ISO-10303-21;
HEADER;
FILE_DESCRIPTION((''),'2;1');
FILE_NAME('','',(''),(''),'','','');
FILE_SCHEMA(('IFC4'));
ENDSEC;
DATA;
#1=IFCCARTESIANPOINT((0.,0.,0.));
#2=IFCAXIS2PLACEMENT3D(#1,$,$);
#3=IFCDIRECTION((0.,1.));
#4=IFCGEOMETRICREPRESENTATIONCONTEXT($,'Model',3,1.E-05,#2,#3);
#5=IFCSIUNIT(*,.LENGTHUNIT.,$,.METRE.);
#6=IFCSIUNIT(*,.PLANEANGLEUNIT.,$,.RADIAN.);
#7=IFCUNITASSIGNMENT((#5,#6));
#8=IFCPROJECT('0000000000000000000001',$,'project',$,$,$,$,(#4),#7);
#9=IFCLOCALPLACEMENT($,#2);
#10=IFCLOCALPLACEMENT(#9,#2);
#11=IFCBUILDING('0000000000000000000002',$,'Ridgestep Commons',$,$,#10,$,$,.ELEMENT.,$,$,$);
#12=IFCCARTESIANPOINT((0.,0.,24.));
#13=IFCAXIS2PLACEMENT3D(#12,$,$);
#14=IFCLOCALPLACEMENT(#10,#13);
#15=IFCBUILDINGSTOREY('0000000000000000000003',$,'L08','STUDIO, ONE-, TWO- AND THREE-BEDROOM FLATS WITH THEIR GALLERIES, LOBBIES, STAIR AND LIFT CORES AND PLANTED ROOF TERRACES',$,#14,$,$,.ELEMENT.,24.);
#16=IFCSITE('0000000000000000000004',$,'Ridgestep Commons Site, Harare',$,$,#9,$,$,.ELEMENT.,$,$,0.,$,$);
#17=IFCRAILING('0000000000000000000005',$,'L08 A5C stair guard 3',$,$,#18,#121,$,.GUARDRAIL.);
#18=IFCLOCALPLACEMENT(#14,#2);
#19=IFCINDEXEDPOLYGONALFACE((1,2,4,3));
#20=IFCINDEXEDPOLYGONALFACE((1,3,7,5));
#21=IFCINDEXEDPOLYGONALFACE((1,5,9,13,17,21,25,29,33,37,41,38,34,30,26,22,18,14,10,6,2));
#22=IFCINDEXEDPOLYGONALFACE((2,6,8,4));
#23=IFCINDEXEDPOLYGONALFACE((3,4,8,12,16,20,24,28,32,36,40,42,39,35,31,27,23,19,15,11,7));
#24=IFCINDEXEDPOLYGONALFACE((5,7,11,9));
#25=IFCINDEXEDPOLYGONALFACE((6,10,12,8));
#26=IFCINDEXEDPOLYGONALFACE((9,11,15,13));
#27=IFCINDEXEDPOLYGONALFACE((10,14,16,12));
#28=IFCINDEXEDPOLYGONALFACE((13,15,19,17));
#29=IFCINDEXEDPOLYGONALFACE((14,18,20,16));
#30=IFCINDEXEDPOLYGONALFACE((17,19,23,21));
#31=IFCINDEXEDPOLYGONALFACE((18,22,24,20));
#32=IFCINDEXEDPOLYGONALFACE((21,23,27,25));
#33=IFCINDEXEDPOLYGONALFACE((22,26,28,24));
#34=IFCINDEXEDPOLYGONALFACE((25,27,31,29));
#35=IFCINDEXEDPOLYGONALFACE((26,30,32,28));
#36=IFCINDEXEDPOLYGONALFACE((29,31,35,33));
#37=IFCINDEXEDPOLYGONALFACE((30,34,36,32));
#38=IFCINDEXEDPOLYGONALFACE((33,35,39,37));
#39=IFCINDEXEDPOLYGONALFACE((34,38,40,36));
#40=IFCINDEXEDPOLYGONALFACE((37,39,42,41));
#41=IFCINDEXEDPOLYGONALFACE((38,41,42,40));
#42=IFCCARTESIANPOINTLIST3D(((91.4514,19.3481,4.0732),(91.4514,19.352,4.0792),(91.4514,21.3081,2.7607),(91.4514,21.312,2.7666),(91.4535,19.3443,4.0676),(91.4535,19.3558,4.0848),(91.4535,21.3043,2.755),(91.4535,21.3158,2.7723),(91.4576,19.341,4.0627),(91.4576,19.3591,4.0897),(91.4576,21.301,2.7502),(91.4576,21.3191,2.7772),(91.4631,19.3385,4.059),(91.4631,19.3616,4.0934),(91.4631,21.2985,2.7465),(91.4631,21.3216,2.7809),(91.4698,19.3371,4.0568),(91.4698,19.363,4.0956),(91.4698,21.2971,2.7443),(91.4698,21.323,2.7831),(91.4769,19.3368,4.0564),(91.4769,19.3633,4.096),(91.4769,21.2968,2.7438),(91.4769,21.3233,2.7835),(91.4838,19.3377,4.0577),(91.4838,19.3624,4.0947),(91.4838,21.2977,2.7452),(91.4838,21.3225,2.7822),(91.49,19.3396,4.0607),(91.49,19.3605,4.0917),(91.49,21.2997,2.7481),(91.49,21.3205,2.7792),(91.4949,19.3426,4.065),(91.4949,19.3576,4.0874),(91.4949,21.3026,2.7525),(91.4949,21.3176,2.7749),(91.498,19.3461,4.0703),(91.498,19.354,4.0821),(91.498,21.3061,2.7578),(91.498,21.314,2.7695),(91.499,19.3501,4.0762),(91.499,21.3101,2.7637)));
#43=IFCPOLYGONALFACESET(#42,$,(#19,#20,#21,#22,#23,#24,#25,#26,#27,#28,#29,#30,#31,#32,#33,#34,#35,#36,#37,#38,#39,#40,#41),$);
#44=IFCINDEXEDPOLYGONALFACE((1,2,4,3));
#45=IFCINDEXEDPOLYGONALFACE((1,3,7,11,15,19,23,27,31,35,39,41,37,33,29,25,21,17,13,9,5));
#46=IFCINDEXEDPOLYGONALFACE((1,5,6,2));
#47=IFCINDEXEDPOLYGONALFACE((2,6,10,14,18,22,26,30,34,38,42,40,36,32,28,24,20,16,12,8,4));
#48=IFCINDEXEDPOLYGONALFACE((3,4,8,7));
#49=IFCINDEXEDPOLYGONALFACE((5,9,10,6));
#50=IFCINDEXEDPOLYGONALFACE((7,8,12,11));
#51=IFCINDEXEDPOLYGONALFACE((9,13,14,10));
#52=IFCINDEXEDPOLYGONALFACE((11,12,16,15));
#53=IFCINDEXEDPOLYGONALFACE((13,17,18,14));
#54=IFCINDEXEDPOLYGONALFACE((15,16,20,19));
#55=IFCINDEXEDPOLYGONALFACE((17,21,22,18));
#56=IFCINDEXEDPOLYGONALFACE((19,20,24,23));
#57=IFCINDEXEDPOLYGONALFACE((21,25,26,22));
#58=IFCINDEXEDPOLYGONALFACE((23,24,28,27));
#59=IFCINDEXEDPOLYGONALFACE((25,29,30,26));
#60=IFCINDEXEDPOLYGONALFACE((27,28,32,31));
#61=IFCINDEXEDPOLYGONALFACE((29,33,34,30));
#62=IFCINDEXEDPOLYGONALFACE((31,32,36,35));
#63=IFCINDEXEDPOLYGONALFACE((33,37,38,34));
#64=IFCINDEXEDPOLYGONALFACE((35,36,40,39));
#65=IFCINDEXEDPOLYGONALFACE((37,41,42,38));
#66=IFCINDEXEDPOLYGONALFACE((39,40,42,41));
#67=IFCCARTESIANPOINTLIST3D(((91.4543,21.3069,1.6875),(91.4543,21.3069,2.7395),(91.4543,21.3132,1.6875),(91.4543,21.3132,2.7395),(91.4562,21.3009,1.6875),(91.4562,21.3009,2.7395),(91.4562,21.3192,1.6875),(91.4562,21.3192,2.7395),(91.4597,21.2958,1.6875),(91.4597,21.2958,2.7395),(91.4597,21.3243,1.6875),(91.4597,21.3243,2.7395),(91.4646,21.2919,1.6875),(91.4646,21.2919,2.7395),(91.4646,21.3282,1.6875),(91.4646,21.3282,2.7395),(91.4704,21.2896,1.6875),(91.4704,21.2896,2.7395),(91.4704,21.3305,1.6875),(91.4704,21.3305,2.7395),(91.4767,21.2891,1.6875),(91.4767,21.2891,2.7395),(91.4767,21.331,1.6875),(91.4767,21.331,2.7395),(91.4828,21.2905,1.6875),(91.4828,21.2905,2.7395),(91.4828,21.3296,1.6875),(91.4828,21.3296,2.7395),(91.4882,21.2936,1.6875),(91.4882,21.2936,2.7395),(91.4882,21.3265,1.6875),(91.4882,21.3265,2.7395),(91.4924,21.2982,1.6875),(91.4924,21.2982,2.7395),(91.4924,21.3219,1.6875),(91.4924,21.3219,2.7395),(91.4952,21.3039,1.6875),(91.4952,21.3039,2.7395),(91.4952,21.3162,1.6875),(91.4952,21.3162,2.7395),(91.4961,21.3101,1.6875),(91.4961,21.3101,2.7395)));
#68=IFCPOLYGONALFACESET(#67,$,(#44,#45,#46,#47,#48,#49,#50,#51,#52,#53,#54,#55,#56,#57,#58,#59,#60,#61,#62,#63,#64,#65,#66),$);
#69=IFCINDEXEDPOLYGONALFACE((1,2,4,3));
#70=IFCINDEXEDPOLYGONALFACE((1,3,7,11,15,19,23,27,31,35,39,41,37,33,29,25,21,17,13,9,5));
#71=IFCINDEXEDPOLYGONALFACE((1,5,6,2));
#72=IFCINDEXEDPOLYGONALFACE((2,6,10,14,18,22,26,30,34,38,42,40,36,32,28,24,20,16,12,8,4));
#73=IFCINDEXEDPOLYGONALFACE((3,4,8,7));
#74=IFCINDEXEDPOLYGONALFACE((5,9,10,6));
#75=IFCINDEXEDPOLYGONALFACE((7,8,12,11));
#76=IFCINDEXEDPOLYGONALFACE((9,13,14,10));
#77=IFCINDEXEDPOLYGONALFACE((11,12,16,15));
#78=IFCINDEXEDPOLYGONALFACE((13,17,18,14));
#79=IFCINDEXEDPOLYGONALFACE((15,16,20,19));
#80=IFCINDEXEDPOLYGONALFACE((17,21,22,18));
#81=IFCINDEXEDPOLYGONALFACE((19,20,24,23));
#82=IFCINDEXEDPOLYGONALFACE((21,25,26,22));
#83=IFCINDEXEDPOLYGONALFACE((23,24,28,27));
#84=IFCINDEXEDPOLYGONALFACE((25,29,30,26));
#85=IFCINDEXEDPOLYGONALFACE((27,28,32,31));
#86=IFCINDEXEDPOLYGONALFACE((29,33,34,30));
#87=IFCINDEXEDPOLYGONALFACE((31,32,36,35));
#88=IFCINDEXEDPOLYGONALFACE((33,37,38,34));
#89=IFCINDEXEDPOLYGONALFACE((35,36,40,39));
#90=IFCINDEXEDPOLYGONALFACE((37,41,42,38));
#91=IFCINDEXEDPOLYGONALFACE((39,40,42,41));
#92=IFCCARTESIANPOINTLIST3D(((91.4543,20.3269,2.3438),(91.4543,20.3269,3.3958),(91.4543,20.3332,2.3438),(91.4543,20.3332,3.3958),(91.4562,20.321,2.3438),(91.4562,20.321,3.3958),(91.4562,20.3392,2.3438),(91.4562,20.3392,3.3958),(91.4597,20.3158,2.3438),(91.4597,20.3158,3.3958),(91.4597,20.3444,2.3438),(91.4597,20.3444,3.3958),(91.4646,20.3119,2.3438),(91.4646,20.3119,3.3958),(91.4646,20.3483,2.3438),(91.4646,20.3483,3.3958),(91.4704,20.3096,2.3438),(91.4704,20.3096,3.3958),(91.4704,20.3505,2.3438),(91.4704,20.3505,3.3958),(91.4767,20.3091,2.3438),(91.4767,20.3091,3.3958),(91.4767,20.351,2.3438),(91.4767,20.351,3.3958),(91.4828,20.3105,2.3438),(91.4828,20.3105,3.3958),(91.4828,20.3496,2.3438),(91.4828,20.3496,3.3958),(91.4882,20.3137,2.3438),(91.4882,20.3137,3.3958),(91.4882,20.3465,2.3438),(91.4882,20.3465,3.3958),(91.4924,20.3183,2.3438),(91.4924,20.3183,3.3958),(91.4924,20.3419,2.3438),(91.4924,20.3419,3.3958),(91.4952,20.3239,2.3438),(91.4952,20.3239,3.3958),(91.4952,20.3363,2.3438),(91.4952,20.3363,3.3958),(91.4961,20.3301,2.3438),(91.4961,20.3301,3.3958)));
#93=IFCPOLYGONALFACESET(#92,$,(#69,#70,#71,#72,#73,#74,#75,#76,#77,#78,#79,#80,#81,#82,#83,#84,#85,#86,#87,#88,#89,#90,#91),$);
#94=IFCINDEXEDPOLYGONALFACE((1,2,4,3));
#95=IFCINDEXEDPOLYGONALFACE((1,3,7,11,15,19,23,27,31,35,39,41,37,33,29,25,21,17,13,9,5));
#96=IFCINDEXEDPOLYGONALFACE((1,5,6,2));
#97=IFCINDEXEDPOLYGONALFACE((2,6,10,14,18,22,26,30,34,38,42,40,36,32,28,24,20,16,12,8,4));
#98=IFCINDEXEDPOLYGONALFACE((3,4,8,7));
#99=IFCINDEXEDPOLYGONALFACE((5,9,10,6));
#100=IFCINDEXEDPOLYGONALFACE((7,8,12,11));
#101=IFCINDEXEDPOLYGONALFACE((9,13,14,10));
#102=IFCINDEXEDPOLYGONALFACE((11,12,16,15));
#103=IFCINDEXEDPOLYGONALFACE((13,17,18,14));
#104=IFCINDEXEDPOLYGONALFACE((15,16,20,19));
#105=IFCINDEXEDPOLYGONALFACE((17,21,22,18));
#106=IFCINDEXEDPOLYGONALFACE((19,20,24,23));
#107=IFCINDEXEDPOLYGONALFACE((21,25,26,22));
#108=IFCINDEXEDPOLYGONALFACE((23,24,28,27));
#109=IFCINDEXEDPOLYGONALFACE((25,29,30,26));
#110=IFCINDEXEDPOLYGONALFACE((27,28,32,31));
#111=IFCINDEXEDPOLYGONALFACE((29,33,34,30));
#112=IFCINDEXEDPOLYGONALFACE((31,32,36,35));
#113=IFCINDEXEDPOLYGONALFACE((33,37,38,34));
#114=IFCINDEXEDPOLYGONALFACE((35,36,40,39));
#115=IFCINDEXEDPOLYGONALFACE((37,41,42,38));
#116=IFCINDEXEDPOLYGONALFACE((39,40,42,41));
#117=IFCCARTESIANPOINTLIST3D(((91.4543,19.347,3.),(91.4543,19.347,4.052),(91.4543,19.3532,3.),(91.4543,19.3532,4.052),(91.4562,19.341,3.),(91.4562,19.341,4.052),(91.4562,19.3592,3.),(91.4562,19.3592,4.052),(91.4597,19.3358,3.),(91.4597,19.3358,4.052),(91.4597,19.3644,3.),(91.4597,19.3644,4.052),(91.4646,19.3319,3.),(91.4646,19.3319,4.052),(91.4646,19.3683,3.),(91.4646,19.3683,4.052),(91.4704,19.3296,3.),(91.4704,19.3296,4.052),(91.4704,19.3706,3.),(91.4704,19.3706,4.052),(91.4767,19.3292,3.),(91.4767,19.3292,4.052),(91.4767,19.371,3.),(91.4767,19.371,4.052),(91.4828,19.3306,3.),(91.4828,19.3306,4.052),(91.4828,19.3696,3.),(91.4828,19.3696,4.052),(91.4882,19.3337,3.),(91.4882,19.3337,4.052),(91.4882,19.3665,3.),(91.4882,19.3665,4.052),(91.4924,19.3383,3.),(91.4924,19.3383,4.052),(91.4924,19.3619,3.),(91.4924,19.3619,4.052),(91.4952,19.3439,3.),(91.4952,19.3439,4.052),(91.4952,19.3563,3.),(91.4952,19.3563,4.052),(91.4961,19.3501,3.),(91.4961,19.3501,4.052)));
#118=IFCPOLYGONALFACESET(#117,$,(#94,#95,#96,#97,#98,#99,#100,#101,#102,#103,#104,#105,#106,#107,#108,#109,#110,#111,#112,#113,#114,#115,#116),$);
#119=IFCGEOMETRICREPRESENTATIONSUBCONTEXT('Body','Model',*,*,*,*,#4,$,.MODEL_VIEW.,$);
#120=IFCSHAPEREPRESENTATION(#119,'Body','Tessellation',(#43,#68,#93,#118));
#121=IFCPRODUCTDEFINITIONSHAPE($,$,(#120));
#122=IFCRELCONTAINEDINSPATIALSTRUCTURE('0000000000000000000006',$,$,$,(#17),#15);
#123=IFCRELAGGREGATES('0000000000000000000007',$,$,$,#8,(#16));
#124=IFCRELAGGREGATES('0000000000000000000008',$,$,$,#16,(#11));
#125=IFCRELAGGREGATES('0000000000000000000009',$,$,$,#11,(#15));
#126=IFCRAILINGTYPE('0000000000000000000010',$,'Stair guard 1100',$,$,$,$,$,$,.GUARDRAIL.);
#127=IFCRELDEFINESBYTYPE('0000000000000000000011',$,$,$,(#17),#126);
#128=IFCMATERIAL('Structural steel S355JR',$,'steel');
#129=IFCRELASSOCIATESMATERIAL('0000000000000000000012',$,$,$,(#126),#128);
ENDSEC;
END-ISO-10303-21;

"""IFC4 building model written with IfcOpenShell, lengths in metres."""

from ifc_helpers import new_model, si_unit, direction, frame, origin, origin_2d, place, context, subcontext, project, spatial, circle, extrude, material, type_object, element, save


model = new_model("IFC4")

# Units and contexts
model_context = context("Model", 3, precision=1e-05, world=origin(), true_north=direction((0.0, 1.0)))
body_context = subcontext(model_context, "Body", "Model", "MODEL_VIEW")
ifc_project = project(units=[si_unit("LENGTHUNIT", "METRE"), si_unit("PLANEANGLEUNIT", "RADIAN")], contexts=[model_context])

# Site, building, storey
site_placement = place(None, origin())
site = spatial("IfcSite", under=ifc_project, at=site_placement, Name="Ridgestep Commons Site, Harare", CompositionType="ELEMENT", RefElevation=0.0)
building_placement = place(site_placement, origin())
building = spatial("IfcBuilding", under=site, at=building_placement, Name="Ridgestep Commons", CompositionType="ELEMENT")
storey_placement = place(building_placement, frame((0.0, 0.0, 24.0)))
storey = spatial("IfcBuildingStorey", under=building, at=storey_placement, Name="L08", Description="STUDIO, ONE-, TWO- AND THREE-BEDROOM FLATS WITH THEIR GALLERIES, LOBBIES, STAIR AND LIFT CORES AND PLANTED ROOF TERRACES", CompositionType="ELEMENT", Elevation=24.0)

# Railing
ifc_material_1 = material(Name="Structural steel S355JR", Category="steel")
railing_type_1 = type_object("IfcRailingType", Name="Stair guard 1100", PredefinedType="GUARDRAIL", material=ifc_material_1)
railing_1_placement = place(storey_placement, frame((91.4751, 21.3101, 1.6875)))
element("IfcRailing", 1, at=railing_1_placement, inside=storey, type_object=railing_type_1, Name="L08 A5C stair guard 3", PredefinedType="GUARDRAIL", context=body_context, shape_type="SweptSolid", body=[
    extrude(circle(Radius=0.0239, at=origin_2d()), frame((0.0, 0.0, 1.0762), z_axis=(0.0, -0.830902, 0.556419), x_axis=(1.0, 0.0, 0.0)), (0.0, 0.0, 1.0), 2.3589),
    extrude(circle(Radius=0.021, at=origin_2d()), origin(), (0.0, 0.0, 1.0), 1.052),
    extrude(circle(Radius=0.021, at=origin_2d()), frame((0.0, -0.98, 0.6562)), (0.0, 0.0, 1.0), 1.052),
    extrude(circle(Radius=0.021, at=origin_2d()), frame((0.0, -1.96, 1.3125)), (0.0, 0.0, 1.0), 1.052),
])

save(model, "model.ifc")
